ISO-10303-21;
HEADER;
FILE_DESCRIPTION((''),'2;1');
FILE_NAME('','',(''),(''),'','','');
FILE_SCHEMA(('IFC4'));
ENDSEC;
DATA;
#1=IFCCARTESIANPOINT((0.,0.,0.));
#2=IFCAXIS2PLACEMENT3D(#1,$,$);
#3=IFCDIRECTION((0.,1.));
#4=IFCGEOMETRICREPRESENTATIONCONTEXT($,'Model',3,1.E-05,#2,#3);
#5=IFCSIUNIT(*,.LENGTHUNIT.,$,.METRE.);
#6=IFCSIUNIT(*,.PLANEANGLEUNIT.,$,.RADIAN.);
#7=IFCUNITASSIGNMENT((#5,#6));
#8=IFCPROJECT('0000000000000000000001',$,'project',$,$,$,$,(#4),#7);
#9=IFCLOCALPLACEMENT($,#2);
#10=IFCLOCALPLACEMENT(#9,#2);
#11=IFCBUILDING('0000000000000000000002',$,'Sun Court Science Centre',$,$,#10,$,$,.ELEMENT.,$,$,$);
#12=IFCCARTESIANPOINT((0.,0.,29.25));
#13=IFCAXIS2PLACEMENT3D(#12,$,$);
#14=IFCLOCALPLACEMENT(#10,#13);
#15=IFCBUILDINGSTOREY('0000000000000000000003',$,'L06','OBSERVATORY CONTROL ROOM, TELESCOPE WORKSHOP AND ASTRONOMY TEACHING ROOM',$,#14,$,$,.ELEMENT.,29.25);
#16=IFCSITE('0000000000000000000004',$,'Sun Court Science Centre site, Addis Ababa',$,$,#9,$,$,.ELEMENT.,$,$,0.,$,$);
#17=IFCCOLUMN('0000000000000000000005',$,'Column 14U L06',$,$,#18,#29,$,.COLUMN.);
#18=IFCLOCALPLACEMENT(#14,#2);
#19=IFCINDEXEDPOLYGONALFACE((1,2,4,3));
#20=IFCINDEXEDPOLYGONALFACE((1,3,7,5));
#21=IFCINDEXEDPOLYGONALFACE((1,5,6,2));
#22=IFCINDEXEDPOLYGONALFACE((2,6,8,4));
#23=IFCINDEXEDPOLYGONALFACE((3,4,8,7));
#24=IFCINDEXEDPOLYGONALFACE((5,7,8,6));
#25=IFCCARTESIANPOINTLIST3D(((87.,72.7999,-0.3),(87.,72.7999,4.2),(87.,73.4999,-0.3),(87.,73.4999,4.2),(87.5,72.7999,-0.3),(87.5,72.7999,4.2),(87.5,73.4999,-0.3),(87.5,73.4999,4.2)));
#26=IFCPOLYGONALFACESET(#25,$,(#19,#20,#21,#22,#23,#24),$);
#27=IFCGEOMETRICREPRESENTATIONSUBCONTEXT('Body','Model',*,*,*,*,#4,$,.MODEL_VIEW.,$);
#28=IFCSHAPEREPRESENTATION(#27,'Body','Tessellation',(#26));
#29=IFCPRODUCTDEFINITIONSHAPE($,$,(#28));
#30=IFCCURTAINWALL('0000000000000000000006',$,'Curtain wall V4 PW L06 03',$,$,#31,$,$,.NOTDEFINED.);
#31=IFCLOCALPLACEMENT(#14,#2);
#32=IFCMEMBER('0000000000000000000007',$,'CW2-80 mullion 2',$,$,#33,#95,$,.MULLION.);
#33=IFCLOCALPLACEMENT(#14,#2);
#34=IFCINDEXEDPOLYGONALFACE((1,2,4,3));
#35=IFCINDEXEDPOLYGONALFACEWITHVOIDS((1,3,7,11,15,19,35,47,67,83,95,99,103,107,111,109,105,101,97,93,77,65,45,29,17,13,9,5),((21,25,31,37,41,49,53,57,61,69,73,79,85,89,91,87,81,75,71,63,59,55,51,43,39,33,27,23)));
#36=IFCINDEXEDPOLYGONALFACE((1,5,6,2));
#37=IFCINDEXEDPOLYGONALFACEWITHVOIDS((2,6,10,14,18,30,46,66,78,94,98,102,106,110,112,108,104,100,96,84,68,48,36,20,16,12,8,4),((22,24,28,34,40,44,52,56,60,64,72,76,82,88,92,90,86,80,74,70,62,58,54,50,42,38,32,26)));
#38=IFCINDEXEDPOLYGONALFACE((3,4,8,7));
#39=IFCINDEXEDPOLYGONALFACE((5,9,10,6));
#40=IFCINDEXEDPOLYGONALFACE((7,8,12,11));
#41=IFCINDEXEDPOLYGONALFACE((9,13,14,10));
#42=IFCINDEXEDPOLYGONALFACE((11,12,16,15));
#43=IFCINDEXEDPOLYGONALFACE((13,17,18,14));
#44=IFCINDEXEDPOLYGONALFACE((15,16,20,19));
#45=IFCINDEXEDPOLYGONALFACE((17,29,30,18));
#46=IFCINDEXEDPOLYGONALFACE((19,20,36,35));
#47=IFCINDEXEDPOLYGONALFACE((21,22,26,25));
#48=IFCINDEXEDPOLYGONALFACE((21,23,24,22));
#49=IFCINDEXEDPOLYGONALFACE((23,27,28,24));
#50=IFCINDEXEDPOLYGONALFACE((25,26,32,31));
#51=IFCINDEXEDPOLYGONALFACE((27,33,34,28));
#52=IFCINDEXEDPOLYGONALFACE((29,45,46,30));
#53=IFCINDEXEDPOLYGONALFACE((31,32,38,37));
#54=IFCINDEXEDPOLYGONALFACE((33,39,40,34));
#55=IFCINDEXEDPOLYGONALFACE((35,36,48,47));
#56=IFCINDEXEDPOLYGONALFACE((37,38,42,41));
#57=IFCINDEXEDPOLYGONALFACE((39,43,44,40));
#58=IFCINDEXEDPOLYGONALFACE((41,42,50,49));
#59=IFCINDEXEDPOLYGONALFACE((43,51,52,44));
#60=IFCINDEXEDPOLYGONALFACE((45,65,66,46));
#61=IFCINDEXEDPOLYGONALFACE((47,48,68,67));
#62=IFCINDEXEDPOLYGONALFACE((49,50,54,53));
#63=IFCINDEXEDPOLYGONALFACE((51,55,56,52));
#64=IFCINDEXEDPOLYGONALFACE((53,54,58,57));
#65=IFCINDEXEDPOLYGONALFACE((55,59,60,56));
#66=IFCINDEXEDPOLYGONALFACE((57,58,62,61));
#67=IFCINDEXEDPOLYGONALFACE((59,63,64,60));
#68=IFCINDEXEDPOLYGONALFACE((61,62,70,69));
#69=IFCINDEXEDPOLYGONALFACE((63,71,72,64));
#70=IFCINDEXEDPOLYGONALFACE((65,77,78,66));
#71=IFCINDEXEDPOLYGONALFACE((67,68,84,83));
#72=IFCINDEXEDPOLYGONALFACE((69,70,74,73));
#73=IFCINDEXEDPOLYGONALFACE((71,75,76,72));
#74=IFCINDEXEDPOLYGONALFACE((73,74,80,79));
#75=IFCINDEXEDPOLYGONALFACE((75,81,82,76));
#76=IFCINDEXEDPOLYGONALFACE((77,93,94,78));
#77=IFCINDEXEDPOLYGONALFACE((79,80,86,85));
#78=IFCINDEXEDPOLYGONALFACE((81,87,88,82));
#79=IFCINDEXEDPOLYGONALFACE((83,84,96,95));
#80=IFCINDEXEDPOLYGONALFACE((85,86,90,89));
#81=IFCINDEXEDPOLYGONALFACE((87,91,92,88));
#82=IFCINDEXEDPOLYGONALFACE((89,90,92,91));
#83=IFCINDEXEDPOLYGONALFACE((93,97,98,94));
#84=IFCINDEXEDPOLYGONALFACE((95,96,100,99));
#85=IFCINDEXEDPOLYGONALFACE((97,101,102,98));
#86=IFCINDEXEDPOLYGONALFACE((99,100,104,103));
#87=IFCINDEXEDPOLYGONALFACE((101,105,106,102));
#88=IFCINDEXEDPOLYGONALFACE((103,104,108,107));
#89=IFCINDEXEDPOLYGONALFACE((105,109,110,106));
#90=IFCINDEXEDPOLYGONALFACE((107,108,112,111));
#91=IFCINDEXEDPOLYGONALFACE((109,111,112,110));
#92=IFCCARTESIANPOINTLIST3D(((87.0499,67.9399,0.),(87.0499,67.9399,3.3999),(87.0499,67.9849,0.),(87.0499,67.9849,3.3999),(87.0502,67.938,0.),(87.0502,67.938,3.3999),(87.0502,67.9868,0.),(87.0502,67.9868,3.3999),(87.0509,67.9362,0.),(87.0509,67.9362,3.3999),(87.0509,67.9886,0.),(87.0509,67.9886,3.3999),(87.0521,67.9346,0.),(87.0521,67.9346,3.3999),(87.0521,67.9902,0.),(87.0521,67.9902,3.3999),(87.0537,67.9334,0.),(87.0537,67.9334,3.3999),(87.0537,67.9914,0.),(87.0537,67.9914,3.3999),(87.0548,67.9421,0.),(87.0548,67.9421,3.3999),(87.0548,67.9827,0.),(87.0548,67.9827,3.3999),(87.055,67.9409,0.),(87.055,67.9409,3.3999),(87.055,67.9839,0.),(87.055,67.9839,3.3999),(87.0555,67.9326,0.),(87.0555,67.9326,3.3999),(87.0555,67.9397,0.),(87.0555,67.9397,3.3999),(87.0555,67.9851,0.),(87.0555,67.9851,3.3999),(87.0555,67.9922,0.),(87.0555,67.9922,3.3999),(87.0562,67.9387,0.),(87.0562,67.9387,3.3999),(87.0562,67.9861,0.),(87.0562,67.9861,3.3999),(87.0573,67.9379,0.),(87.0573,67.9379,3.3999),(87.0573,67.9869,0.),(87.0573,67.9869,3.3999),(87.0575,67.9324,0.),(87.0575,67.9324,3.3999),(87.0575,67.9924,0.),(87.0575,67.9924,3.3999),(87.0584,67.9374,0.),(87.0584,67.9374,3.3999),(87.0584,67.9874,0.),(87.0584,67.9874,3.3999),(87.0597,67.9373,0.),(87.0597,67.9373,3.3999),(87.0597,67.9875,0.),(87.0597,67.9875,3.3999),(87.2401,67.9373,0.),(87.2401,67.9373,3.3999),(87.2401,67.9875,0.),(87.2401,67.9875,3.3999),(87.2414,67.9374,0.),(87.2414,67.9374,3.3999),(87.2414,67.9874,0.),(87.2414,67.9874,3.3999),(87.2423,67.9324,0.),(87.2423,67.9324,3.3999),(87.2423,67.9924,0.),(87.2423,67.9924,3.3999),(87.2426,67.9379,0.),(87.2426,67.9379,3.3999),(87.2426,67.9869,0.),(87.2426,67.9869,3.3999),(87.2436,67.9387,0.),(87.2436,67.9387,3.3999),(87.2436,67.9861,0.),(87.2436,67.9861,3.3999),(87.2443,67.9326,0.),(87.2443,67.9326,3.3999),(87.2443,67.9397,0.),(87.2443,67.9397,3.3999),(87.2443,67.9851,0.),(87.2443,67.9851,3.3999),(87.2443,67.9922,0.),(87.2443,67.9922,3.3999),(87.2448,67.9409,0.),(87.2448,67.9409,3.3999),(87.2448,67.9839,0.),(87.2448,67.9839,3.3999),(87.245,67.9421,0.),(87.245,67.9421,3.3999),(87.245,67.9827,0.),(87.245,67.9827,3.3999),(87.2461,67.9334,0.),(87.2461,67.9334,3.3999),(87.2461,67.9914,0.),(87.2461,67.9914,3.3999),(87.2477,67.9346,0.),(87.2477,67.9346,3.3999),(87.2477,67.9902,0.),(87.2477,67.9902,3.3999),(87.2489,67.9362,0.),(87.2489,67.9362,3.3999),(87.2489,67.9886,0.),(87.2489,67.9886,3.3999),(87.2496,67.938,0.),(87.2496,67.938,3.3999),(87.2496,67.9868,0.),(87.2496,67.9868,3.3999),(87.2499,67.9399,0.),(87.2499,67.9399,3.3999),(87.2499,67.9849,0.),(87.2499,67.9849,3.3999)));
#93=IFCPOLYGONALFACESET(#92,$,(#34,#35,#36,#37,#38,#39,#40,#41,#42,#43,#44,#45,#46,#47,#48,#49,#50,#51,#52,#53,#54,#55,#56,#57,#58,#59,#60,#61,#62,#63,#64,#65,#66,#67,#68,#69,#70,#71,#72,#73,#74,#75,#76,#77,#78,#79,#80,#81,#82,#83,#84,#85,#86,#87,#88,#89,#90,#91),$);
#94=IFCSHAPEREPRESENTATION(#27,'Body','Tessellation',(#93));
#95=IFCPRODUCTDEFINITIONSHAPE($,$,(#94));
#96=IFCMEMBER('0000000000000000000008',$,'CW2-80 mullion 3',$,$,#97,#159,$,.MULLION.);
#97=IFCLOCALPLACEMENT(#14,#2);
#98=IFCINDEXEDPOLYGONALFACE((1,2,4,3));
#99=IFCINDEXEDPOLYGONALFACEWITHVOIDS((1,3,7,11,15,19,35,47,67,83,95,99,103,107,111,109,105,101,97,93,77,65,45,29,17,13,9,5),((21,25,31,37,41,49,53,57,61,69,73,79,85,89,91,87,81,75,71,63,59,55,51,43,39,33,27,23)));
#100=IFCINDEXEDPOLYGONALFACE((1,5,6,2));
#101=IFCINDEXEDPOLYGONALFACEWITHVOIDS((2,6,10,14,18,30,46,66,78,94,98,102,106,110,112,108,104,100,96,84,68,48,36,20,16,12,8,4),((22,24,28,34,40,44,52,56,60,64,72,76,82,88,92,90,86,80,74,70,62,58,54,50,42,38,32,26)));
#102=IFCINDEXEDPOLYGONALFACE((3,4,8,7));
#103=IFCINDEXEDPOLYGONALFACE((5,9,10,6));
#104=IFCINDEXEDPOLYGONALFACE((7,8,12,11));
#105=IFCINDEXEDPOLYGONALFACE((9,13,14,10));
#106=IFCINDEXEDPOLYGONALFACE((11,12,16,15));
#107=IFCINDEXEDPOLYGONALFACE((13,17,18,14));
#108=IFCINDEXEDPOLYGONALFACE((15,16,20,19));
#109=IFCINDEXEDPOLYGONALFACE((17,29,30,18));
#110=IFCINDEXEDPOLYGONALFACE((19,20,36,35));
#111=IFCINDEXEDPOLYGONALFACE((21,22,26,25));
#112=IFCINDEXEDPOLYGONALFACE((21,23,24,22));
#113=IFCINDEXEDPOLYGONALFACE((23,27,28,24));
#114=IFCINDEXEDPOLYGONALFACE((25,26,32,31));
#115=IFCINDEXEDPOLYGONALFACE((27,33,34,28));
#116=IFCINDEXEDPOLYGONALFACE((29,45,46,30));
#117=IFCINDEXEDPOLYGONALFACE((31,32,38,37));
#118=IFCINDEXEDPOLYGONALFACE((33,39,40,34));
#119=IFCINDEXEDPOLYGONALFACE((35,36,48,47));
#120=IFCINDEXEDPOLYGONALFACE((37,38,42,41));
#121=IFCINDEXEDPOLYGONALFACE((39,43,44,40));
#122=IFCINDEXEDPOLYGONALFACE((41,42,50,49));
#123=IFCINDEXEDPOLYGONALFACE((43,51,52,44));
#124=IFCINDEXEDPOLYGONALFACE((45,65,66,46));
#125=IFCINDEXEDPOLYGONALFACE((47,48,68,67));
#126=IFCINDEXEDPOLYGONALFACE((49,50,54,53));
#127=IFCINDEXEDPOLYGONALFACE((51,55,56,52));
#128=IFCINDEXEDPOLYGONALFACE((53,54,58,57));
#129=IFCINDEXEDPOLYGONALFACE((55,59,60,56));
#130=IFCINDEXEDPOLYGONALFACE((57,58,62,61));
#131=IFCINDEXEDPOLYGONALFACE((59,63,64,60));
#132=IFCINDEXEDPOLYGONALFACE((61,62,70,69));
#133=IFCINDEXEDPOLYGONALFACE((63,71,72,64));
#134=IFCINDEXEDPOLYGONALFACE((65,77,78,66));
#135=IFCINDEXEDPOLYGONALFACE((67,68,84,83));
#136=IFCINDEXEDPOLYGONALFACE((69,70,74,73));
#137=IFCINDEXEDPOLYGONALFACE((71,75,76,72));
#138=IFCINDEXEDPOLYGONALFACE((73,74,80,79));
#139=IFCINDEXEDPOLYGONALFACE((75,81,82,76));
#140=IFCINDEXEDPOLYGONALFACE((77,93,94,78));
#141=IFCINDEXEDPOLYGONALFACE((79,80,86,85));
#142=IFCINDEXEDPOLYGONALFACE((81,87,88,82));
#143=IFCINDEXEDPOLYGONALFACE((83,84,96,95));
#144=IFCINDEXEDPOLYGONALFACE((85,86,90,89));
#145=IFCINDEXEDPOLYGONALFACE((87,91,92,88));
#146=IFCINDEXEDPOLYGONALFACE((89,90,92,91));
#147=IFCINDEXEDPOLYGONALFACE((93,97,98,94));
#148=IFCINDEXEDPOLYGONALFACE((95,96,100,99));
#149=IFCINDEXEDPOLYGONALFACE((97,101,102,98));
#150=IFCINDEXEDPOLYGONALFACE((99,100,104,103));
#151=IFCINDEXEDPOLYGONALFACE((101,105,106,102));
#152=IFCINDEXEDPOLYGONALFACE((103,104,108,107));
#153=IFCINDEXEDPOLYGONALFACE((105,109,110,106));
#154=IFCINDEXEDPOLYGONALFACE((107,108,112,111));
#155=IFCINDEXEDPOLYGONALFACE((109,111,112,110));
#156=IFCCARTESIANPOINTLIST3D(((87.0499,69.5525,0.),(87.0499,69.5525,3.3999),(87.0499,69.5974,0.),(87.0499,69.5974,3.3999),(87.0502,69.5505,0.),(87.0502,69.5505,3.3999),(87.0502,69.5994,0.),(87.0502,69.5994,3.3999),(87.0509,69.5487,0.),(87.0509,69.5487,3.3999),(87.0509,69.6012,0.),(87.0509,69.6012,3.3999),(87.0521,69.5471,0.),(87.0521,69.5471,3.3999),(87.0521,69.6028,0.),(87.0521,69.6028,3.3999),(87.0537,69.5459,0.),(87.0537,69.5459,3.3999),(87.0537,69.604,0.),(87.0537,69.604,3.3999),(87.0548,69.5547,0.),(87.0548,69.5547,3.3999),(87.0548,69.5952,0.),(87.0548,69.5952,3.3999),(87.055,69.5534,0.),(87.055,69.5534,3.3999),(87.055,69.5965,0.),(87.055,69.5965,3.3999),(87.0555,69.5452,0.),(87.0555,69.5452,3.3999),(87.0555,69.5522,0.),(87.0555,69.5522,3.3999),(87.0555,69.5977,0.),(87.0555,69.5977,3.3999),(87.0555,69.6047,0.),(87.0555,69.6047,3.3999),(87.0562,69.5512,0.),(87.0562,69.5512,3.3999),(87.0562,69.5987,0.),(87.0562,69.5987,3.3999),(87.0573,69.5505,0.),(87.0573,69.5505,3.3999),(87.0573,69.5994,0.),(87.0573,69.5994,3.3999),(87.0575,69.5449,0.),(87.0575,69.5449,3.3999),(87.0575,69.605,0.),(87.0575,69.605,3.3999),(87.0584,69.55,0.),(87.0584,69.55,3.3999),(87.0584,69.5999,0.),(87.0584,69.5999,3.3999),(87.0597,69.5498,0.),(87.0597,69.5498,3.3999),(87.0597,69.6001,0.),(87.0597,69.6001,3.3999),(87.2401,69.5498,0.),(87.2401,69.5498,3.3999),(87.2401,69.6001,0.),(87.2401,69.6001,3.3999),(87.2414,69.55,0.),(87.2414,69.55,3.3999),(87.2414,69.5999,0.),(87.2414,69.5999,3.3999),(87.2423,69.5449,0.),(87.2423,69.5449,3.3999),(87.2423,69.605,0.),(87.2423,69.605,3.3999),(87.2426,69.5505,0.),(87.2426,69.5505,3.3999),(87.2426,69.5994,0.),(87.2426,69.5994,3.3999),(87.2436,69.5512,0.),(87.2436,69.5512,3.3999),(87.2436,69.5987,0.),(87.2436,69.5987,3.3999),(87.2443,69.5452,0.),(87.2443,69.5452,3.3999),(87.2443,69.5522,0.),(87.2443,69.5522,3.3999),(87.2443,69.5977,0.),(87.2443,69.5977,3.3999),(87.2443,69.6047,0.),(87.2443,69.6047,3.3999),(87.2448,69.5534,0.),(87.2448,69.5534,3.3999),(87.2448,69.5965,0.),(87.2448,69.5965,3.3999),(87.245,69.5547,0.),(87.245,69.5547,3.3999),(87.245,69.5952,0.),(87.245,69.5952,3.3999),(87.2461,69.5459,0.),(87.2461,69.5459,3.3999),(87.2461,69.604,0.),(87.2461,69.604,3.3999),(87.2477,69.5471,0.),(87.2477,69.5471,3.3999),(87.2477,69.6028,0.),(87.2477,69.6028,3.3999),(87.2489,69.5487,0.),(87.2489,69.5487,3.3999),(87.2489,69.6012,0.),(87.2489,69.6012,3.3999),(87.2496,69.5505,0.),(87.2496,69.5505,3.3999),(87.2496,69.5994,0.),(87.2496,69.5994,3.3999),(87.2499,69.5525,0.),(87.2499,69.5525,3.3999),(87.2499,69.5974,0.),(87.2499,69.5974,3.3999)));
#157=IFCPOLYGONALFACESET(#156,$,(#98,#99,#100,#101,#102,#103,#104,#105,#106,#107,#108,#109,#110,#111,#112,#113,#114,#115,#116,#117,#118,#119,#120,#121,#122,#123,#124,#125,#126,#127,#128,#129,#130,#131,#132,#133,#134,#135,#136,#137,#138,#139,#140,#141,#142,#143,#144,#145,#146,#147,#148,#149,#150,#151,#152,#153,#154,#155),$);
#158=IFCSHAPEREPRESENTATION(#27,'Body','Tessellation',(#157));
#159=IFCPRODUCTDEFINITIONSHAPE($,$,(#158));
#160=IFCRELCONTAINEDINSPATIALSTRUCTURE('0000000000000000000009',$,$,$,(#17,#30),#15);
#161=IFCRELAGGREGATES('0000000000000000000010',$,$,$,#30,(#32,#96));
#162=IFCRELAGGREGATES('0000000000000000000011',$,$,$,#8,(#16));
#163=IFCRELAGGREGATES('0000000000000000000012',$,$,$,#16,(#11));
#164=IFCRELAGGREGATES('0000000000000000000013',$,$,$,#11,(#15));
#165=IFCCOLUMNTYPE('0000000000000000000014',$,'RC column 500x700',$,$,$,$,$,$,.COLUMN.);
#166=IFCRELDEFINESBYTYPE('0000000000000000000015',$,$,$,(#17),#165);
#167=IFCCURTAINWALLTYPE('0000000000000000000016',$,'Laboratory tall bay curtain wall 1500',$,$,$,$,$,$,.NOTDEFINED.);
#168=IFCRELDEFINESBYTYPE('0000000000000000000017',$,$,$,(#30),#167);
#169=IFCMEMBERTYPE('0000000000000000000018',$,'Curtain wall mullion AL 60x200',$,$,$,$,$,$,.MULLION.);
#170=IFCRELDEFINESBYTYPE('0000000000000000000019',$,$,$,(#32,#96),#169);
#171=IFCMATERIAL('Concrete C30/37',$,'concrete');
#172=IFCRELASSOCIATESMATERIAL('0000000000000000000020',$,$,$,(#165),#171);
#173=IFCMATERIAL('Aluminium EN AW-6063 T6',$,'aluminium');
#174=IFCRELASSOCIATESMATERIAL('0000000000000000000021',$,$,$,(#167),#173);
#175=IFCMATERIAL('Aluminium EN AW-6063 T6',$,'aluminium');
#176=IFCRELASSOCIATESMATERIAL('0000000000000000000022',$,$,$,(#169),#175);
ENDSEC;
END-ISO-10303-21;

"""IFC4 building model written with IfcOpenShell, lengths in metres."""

from ifc_helpers import new_model, si_unit, direction, frame, origin, origin_2d, place, context, subcontext, project, spatial, rectangle, hollow_rectangle, extrude, material, material_profile, profile_set, type_object, element, aggregate, save


model = new_model("IFC4")

# Units and contexts
model_context = context("Model", 3, precision=1e-05, world=origin(), true_north=direction((0.0, 1.0)))
body_context = subcontext(model_context, "Body", "Model", "MODEL_VIEW")
ifc_project = project(units=[si_unit("LENGTHUNIT", "METRE"), si_unit("PLANEANGLEUNIT", "RADIAN")], contexts=[model_context])

# Site, building, storey
site_placement = place(None, origin())
site = spatial("IfcSite", under=ifc_project, at=site_placement, Name="Sun Court Science Centre site, Addis Ababa", CompositionType="ELEMENT", RefElevation=0.0)
building_placement = place(site_placement, origin())
building = spatial("IfcBuilding", under=site, at=building_placement, Name="Sun Court Science Centre", CompositionType="ELEMENT")
storey_placement = place(building_placement, frame((0.0, 0.0, 29.25)))
storey = spatial("IfcBuildingStorey", under=building, at=storey_placement, Name="L06", Description="OBSERVATORY CONTROL ROOM, TELESCOPE WORKSHOP AND ASTRONOMY TEACHING ROOM", CompositionType="ELEMENT", Elevation=29.25)

# Column
ifc_material_1 = material(Name="Concrete C30/37", Category="concrete")
ifc_material_profile_1 = material_profile(ifc_material_1, rectangle(XDim=0.5, YDim=0.7, at=origin_2d()), Name="RC 500x700")
ifc_profile_set_1 = profile_set([ifc_material_profile_1], Name="Concrete C30/37")
column_type = type_object("IfcColumnType", Name="RC column 500x700", PredefinedType="COLUMN", material=ifc_profile_set_1)
column_placement = place(storey_placement, frame((87.25, 73.1499, -0.3), z_axis=(0.0, 0.0, 1.0), x_axis=(1.0, 0.0, 0.0)))
element("IfcColumn", 1, at=column_placement, inside=storey, type_object=column_type, Name="Column 14U L06", PredefinedType="COLUMN", context=body_context, shape_type="SweptSolid", body=[
    extrude(rectangle(XDim=0.5, YDim=0.7, at=origin_2d()), origin(), (0.0, 0.0, 1.0), 4.5),
])

# Curtain wall, members
ifc_material_2 = material(Name="Aluminium EN AW-6063 T6", Category="aluminium")
curtain_wall_type = type_object("IfcCurtainWallType", Name="Laboratory tall bay curtain wall 1500", PredefinedType="NOTDEFINED", material=ifc_material_2)
curtain_wall_placement = place(storey_placement, origin())
curtain_wall = element("IfcCurtainWall", 2, at=curtain_wall_placement, inside=storey, type_object=curtain_wall_type, Name="Curtain wall V4 PW L06 03", PredefinedType="NOTDEFINED")
ifc_material_3 = material(Name="Aluminium EN AW-6063 T6", Category="aluminium")
ifc_material_profile_2 = material_profile(ifc_material_3, hollow_rectangle(XDim=0.0601, YDim=0.2, WallThickness=0.0049, InnerFilletRadius=0.0049, OuterFilletRadius=0.0076, at=origin_2d()), Name="AL 60x200x5")
ifc_profile_set_2 = profile_set([ifc_material_profile_2], Name="Aluminium EN AW-6063 T6")
member_type_1 = type_object("IfcMemberType", Name="Curtain wall mullion AL 60x200", PredefinedType="MULLION", material=ifc_profile_set_2)
member_1_placement = place(storey_placement, frame((87.1499, 67.9624, 0.0), z_axis=(0.0, 0.0, 1.0), x_axis=(0.0, 1.0, 0.0)))
member_1 = element("IfcMember", 3, at=member_1_placement, type_object=member_type_1, Name="CW2-80 mullion 2", PredefinedType="MULLION", context=body_context, shape_type="SweptSolid", body=[
    extrude(hollow_rectangle(XDim=0.0601, YDim=0.2, WallThickness=0.0049, InnerFilletRadius=0.0049, OuterFilletRadius=0.0076, at=origin_2d()), origin(), (0.0, 0.0, 1.0), 3.3999),
])
member_2_placement = place(storey_placement, frame((87.1499, 69.575, 0.0), z_axis=(0.0, 0.0, 1.0), x_axis=(0.0, 1.0, 0.0)))
member_2 = element("IfcMember", 4, at=member_2_placement, type_object=member_type_1, Name="CW2-80 mullion 3", PredefinedType="MULLION", context=body_context, shape_type="SweptSolid", body=[
    extrude(hollow_rectangle(XDim=0.0601, YDim=0.2, WallThickness=0.0049, InnerFilletRadius=0.0049, OuterFilletRadius=0.0076, at=origin_2d()), origin(), (0.0, 0.0, 1.0), 3.3999),
])

aggregate(curtain_wall, [member_1, member_2])

save(model, "model.ifc")
